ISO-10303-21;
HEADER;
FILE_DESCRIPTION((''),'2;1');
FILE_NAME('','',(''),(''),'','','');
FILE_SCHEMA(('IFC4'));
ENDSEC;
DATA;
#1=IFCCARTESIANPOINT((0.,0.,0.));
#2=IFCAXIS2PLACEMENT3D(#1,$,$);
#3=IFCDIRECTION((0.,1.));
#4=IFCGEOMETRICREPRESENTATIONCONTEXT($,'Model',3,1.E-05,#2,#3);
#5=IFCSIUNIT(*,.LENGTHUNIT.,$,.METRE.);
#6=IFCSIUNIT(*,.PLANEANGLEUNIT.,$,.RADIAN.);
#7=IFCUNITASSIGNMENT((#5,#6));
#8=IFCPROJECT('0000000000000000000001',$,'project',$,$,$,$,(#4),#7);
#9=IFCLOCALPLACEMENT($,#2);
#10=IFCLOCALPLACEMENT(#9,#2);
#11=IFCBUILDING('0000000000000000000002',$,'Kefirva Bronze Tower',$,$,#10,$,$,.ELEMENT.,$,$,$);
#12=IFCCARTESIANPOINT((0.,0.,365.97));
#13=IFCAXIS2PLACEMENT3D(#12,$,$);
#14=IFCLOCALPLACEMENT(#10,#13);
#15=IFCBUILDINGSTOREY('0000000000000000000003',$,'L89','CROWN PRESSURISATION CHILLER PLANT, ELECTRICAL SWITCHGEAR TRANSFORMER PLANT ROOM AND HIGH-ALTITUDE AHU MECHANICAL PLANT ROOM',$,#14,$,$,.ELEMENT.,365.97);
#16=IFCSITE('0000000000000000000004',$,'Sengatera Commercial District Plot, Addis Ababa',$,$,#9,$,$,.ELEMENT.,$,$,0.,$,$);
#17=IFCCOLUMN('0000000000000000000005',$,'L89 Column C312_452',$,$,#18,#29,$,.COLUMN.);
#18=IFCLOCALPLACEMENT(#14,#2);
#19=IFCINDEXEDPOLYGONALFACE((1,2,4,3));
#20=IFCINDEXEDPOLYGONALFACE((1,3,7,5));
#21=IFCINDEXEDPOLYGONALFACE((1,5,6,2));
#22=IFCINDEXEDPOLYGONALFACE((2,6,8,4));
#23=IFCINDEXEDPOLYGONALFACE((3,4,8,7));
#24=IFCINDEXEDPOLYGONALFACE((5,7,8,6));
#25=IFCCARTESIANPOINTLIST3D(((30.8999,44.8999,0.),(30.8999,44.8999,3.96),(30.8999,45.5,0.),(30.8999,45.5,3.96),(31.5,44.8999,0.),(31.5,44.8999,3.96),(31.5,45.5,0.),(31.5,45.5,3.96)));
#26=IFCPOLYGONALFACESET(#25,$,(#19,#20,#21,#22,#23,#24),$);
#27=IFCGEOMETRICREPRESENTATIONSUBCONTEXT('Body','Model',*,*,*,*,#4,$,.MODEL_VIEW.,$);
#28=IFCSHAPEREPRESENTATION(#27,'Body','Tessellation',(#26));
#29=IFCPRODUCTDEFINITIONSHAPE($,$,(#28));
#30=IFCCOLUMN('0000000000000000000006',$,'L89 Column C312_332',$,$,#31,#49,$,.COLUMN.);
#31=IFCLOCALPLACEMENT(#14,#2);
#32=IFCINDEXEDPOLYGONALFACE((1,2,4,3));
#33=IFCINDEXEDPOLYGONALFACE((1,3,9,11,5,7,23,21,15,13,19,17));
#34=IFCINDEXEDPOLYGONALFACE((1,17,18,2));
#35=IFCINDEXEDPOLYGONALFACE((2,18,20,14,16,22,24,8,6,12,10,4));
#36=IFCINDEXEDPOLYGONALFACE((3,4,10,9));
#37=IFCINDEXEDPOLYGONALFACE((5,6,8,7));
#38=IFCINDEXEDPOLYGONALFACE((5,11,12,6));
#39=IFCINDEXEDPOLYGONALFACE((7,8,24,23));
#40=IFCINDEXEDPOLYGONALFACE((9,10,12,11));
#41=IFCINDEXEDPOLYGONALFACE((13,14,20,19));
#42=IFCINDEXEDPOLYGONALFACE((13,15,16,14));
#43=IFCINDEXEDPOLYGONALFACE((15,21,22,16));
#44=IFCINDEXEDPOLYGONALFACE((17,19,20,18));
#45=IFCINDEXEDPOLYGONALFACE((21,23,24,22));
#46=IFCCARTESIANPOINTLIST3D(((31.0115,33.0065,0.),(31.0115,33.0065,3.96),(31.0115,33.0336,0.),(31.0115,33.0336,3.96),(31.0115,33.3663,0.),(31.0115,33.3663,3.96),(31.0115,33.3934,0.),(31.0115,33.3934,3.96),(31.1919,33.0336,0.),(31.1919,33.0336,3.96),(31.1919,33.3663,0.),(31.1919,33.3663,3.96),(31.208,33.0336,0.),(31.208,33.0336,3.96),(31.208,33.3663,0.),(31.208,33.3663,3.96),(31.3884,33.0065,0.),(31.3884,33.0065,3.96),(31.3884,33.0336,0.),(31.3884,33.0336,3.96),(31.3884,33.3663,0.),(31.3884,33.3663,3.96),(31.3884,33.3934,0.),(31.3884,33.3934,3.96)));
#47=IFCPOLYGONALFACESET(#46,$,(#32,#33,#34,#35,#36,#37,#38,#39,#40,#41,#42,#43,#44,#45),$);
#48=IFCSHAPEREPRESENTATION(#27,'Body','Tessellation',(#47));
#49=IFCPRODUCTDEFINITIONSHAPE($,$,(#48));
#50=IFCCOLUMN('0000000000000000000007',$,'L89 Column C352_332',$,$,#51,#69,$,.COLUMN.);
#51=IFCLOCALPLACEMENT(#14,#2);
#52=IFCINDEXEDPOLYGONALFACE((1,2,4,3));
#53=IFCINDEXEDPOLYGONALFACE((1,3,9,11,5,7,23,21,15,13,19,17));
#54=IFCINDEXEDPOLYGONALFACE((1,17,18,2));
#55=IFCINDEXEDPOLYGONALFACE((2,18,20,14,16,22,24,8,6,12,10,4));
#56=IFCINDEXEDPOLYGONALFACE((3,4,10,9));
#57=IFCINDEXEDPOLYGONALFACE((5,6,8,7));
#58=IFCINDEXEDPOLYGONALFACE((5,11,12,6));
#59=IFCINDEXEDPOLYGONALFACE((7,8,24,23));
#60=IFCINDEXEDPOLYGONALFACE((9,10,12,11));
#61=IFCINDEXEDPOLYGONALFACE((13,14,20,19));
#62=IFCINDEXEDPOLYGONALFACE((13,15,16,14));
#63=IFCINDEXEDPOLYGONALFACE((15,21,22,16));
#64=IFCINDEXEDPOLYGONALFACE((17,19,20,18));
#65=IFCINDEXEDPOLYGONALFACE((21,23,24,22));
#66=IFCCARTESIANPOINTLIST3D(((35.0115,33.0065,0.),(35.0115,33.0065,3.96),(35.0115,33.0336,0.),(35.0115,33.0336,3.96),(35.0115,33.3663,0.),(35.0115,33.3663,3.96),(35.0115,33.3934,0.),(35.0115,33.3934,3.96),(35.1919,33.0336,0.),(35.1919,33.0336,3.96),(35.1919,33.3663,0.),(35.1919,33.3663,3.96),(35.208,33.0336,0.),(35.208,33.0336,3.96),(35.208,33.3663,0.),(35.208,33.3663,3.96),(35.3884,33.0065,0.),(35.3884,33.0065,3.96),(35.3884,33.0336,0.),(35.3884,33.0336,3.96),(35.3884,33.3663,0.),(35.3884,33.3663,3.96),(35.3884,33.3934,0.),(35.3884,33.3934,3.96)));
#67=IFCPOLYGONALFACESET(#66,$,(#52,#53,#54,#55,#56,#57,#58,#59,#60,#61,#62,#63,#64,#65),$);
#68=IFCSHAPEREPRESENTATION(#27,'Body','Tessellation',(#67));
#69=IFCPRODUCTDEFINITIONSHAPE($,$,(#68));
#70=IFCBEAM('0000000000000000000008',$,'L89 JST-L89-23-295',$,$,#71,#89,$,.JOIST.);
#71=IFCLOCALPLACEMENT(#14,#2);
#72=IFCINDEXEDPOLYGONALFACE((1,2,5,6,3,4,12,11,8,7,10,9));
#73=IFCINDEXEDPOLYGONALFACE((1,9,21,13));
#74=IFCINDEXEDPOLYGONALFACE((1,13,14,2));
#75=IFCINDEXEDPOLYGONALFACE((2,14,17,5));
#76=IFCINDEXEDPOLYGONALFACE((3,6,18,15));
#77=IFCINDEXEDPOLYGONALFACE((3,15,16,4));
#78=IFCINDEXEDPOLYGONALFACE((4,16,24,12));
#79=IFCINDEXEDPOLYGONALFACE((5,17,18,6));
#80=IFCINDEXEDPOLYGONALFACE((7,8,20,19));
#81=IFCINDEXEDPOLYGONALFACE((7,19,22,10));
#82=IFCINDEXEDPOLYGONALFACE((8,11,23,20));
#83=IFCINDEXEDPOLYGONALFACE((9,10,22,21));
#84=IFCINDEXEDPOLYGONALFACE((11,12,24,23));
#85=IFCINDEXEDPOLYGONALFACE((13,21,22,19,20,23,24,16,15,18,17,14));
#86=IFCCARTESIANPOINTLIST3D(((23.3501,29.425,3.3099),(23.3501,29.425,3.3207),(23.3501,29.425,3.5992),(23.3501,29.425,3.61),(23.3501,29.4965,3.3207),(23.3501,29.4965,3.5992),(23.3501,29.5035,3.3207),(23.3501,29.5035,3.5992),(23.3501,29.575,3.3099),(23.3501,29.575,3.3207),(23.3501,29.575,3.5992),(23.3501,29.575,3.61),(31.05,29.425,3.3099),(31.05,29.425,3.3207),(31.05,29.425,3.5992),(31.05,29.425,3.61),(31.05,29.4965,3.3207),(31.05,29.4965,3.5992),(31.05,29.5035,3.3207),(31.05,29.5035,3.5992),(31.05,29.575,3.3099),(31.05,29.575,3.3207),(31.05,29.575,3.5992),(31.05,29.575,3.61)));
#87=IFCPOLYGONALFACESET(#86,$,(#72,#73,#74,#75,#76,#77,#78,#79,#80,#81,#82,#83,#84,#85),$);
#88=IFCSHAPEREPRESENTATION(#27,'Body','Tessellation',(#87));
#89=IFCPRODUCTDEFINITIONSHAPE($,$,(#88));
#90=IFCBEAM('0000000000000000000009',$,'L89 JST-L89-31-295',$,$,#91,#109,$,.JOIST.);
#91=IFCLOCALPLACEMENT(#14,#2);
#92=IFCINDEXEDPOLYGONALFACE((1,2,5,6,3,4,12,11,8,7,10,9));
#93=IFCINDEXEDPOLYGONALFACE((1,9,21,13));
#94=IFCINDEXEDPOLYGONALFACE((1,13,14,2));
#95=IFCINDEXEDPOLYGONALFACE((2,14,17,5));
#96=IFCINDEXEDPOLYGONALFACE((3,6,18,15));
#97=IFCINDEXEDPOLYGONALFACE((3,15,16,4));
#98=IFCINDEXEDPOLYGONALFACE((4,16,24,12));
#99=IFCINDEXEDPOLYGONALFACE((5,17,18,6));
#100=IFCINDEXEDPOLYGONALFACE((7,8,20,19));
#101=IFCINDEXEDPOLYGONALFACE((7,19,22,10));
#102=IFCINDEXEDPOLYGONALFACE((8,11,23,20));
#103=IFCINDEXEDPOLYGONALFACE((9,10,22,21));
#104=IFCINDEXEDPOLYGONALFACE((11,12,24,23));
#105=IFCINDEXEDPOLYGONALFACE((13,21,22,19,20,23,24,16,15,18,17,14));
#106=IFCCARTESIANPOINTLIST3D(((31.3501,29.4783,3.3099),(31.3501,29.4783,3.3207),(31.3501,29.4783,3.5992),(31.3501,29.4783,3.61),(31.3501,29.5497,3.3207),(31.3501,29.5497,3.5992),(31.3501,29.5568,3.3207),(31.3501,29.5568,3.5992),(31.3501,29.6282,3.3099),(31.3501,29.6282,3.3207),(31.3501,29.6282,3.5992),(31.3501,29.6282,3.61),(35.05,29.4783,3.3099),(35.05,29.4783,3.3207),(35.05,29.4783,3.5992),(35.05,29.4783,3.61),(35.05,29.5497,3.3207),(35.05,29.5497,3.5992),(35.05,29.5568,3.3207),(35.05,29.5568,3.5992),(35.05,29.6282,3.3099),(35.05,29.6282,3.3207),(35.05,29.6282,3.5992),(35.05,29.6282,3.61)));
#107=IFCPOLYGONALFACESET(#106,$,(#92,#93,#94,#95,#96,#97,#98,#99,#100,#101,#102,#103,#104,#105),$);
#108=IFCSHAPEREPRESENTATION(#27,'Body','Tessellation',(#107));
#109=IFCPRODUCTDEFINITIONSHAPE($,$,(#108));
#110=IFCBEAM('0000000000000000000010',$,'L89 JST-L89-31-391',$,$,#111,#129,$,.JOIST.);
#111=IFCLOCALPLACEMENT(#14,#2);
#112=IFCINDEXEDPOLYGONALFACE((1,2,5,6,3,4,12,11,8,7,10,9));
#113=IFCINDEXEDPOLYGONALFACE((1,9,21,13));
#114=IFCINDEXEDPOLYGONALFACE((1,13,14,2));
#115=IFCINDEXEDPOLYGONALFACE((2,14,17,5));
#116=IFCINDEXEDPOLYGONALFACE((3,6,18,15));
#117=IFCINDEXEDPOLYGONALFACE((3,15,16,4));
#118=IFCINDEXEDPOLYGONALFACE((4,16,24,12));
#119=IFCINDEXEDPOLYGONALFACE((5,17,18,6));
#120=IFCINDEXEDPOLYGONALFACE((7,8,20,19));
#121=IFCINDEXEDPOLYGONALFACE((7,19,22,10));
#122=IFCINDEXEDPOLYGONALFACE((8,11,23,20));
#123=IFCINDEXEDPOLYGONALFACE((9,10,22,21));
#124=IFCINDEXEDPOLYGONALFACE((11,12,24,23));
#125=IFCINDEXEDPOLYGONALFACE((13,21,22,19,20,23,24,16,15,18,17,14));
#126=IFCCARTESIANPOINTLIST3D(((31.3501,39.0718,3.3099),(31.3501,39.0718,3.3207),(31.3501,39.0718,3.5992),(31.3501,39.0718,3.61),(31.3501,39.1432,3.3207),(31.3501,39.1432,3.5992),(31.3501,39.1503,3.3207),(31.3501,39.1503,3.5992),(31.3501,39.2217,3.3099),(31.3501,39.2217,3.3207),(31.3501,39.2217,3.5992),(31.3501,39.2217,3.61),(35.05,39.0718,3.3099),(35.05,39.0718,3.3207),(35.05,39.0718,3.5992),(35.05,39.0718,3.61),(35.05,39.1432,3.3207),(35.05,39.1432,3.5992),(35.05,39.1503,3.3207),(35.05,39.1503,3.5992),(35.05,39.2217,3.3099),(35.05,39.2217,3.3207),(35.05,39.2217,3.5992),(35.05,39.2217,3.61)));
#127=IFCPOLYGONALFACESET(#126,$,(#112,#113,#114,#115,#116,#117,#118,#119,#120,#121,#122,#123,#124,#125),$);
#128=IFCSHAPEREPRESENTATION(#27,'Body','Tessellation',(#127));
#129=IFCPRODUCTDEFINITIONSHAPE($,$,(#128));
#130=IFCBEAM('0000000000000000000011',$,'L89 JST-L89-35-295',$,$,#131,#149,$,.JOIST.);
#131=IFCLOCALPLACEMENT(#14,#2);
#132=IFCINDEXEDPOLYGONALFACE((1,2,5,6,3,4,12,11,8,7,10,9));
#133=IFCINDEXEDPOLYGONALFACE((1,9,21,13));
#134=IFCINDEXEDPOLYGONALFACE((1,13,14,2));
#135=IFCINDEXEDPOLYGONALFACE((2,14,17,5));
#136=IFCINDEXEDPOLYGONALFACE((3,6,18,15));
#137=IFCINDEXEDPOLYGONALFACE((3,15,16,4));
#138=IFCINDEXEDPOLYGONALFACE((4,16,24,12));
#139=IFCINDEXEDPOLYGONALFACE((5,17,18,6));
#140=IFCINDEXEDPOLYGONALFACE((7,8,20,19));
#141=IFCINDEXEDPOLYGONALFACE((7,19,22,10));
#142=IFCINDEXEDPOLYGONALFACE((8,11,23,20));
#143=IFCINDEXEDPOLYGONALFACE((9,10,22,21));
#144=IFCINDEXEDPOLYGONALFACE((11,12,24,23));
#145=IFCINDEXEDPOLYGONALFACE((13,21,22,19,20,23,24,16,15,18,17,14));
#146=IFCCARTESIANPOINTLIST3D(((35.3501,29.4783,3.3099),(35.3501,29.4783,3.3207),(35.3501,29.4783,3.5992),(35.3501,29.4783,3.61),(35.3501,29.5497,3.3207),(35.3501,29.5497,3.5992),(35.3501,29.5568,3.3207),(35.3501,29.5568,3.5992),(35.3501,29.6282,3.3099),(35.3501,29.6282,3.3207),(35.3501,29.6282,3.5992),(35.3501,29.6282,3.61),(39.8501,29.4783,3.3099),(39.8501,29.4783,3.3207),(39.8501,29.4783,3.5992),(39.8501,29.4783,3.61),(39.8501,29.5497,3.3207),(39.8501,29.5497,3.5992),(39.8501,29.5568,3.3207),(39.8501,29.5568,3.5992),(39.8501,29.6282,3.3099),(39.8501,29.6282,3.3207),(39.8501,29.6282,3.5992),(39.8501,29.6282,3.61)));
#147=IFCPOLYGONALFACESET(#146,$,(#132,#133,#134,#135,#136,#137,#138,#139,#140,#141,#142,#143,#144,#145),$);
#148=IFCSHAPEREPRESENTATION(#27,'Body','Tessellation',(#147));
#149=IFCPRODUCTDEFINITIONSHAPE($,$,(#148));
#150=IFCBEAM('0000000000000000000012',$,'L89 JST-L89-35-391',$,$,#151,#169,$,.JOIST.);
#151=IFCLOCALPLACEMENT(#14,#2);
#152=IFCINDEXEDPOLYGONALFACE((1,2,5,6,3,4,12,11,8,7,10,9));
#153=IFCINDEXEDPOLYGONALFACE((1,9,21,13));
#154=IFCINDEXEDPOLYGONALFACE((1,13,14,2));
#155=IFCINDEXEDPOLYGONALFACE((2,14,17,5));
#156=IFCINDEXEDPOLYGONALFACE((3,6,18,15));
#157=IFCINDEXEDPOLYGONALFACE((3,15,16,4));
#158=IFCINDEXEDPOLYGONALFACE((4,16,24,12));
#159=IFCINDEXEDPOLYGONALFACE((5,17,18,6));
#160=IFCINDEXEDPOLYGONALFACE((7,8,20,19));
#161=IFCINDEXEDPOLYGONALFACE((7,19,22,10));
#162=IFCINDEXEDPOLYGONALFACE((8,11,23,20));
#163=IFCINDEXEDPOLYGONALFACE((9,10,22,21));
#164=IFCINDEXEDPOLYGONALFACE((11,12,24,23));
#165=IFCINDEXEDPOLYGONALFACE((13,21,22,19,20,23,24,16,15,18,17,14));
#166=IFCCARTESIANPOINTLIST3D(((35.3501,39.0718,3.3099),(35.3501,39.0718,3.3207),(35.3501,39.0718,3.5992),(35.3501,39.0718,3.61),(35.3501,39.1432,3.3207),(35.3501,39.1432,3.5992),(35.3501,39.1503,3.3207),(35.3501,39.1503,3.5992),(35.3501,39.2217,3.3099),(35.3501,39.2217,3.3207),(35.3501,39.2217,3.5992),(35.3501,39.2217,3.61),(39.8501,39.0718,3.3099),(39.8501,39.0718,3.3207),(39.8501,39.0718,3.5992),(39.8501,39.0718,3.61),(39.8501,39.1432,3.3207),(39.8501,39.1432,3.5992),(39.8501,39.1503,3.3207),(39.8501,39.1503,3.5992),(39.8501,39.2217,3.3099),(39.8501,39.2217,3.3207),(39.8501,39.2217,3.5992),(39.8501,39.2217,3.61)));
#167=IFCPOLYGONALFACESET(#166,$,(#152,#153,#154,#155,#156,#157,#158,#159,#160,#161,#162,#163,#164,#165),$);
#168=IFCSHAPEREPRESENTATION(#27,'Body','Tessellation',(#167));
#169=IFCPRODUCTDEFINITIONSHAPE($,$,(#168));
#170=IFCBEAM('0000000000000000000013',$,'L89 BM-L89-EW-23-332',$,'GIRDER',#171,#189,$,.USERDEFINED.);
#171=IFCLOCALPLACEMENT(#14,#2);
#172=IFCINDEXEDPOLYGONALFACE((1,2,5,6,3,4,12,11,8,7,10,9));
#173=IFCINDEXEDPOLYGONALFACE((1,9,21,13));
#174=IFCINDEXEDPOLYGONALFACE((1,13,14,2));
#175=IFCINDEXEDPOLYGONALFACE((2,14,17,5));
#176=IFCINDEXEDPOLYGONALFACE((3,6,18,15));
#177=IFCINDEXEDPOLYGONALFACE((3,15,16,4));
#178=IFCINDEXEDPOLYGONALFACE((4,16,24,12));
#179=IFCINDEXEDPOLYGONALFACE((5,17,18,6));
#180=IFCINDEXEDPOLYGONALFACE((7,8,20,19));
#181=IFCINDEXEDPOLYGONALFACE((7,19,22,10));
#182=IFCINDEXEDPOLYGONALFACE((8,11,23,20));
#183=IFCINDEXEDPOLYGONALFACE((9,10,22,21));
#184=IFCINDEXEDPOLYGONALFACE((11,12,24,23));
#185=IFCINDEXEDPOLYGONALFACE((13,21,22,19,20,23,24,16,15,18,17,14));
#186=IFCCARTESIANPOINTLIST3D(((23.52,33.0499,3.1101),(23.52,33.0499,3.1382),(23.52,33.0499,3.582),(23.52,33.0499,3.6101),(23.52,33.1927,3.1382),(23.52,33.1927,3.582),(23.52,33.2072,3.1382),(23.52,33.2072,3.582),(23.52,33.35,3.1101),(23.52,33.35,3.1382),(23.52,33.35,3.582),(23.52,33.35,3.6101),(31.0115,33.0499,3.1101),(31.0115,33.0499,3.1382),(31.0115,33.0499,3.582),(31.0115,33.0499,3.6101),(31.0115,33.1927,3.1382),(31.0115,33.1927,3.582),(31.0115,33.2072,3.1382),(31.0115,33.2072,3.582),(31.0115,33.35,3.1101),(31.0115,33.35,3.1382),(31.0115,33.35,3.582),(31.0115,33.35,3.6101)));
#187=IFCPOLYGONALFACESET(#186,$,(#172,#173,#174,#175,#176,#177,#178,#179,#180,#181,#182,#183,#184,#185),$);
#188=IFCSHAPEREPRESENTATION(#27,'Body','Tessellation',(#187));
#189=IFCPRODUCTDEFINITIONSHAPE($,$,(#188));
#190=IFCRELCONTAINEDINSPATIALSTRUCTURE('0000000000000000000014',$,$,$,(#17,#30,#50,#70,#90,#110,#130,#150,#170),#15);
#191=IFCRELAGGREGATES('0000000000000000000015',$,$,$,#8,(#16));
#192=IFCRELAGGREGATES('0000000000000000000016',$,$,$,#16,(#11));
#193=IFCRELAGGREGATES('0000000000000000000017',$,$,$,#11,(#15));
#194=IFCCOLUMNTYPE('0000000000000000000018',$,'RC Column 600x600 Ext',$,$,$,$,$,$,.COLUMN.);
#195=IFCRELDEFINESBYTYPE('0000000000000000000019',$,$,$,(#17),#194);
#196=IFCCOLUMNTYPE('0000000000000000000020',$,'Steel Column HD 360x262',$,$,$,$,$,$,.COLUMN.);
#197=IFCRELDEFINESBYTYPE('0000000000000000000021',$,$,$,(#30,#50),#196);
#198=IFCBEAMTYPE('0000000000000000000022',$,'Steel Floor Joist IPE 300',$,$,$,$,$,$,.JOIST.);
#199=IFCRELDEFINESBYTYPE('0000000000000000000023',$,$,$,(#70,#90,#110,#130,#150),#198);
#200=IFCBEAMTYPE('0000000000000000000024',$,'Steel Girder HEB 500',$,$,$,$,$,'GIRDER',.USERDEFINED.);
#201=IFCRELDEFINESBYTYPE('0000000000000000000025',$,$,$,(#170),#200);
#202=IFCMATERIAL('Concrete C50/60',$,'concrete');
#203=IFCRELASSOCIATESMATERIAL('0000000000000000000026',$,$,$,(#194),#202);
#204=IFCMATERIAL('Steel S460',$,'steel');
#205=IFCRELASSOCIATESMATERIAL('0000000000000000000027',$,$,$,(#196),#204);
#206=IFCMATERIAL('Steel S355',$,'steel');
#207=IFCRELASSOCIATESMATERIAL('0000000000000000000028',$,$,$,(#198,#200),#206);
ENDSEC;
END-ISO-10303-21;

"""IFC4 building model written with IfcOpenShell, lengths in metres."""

from ifc_helpers import new_model, si_unit, direction, frame, origin, origin_2d, place, context, subcontext, project, spatial, rectangle, i_section, extrude, material, material_profile, profile_set, type_object, element, save


model = new_model("IFC4")

# Units and contexts
model_context = context("Model", 3, precision=1e-05, world=origin(), true_north=direction((0.0, 1.0)))
body_context = subcontext(model_context, "Body", "Model", "MODEL_VIEW")
ifc_project = project(units=[si_unit("LENGTHUNIT", "METRE"), si_unit("PLANEANGLEUNIT", "RADIAN")], contexts=[model_context])

# Site, building, storey
site_placement = place(None, origin())
site = spatial("IfcSite", under=ifc_project, at=site_placement, Name="Sengatera Commercial District Plot, Addis Ababa", CompositionType="ELEMENT", RefElevation=0.0)
building_placement = place(site_placement, origin())
building = spatial("IfcBuilding", under=site, at=building_placement, Name="Kefirva Bronze Tower", CompositionType="ELEMENT")
storey_placement = place(building_placement, frame((0.0, 0.0, 365.97)))
storey = spatial("IfcBuildingStorey", under=building, at=storey_placement, Name="L89", Description="CROWN PRESSURISATION CHILLER PLANT, ELECTRICAL SWITCHGEAR TRANSFORMER PLANT ROOM AND HIGH-ALTITUDE AHU MECHANICAL PLANT ROOM", CompositionType="ELEMENT", Elevation=365.97)

# Columns
ifc_material_1 = material(Name="Concrete C50/60", Category="concrete")
ifc_material_profile_1 = material_profile(ifc_material_1, rectangle(XDim=0.6001, YDim=0.6001, at=origin_2d()), Name="RC 600x600")
ifc_profile_set_1 = profile_set([ifc_material_profile_1], Name="Concrete C50/60")
column_type_1 = type_object("IfcColumnType", Name="RC Column 600x600 Ext", PredefinedType="COLUMN", material=ifc_profile_set_1)
column_placement = place(storey_placement, frame((31.2, 45.2, 0.0), z_axis=(0.0, 0.0, 1.0), x_axis=(1.0, 0.0, 0.0)))
element("IfcColumn", 1, at=column_placement, inside=storey, type_object=column_type_1, Name="L89 Column C312_452", PredefinedType="COLUMN", context=body_context, shape_type="SweptSolid", body=[
    extrude(rectangle(XDim=0.6001, YDim=0.6001, at=origin_2d()), origin(), (0.0, 0.0, 1.0), 3.96),
])
ifc_material_2 = material(Name="Steel S460", Category="steel")
ifc_material_profile_2 = material_profile(ifc_material_2, i_section(OverallWidth=0.377, OverallDepth=0.387, WebThickness=0.0161, FlangeThickness=0.0271, at=origin_2d()), Name="HD 360x262")
ifc_profile_set_2 = profile_set([ifc_material_profile_2], Name="Steel S460")
column_type_2 = type_object("IfcColumnType", Name="Steel Column HD 360x262", PredefinedType="COLUMN", material=ifc_profile_set_2)
for number, where, z_axis, x_axis, name in (
    (2, (31.2, 33.2, 0.0), (0.0, 0.0, 1.0), (1.0, 0.0, 0.0), "L89 Column C312_332"),
    (3, (35.2, 33.2, 0.0), (0.0, 0.0, 1.0), (1.0, 0.0, 0.0), "L89 Column C352_332"),
):
    element("IfcColumn", number, at=place(storey_placement, frame(where, z_axis=z_axis, x_axis=x_axis)), inside=storey, type_object=column_type_2, Name=name, PredefinedType="COLUMN", context=body_context, shape_type="SweptSolid", body=[
        extrude(i_section(OverallWidth=0.377, OverallDepth=0.387, WebThickness=0.0161, FlangeThickness=0.0271, at=origin_2d()), origin(), (0.0, 0.0, 1.0), 3.96),
    ])

# Beams
ifc_material_3 = material(Name="Steel S355", Category="steel")
ifc_material_profile_3 = material_profile(ifc_material_3, i_section(OverallWidth=0.1499, OverallDepth=0.3, WebThickness=0.0071, FlangeThickness=0.0107, at=origin_2d()), Name="IPE 300")
ifc_profile_set_3 = profile_set([ifc_material_profile_3], Name="Steel S355")
beam_type_1 = type_object("IfcBeamType", Name="Steel Floor Joist IPE 300", PredefinedType="JOIST", material=ifc_profile_set_3)
beam_1_placement = place(storey_placement, frame((23.3501, 29.5, 3.46), z_axis=(1.0, 0.0, 0.0), x_axis=(0.0, 1.0, 0.0)))
element("IfcBeam", 4, at=beam_1_placement, inside=storey, type_object=beam_type_1, Name="L89 JST-L89-23-295", PredefinedType="JOIST", context=body_context, shape_type="SweptSolid", body=[
    extrude(i_section(OverallWidth=0.1499, OverallDepth=0.3, WebThickness=0.0071, FlangeThickness=0.0107, at=origin_2d()), origin(), (0.0, 0.0, 1.0), 7.7),
])
for number, where, z_axis, x_axis, name in (
    (5, (31.3501, 29.5532, 3.46), (1.0, 0.0, 0.0), (0.0, 1.0, 0.0), "L89 JST-L89-31-295"),
    (6, (31.3501, 39.1467, 3.46), (1.0, 0.0, 0.0), (0.0, 1.0, 0.0), "L89 JST-L89-31-391"),
):
    element("IfcBeam", number, at=place(storey_placement, frame(where, z_axis=z_axis, x_axis=x_axis)), inside=storey, type_object=beam_type_1, Name=name, PredefinedType="JOIST", context=body_context, shape_type="SweptSolid", body=[
        extrude(i_section(OverallWidth=0.1499, OverallDepth=0.3, WebThickness=0.0071, FlangeThickness=0.0107, at=origin_2d()), origin(), (0.0, 0.0, 1.0), 3.7),
    ])
for number, where, z_axis, x_axis, name in (
    (7, (35.3501, 29.5532, 3.46), (1.0, 0.0, 0.0), (0.0, 1.0, 0.0), "L89 JST-L89-35-295"),
    (8, (35.3501, 39.1467, 3.46), (1.0, 0.0, 0.0), (0.0, 1.0, 0.0), "L89 JST-L89-35-391"),
):
    element("IfcBeam", number, at=place(storey_placement, frame(where, z_axis=z_axis, x_axis=x_axis)), inside=storey, type_object=beam_type_1, Name=name, PredefinedType="JOIST", context=body_context, shape_type="SweptSolid", body=[
        extrude(i_section(OverallWidth=0.1499, OverallDepth=0.3, WebThickness=0.0071, FlangeThickness=0.0107, at=origin_2d()), origin(), (0.0, 0.0, 1.0), 4.5),
    ])
ifc_material_profile_4 = material_profile(ifc_material_3, i_section(OverallWidth=0.3, OverallDepth=0.5, WebThickness=0.0144, FlangeThickness=0.0281, at=origin_2d()), Name="HEB 500")
ifc_profile_set_4 = profile_set([ifc_material_profile_4], Name="Steel S355")
beam_type_2 = type_object("IfcBeamType", Name="Steel Girder HEB 500", ElementType="GIRDER", PredefinedType="USERDEFINED", material=ifc_profile_set_4)
beam_2_placement = place(storey_placement, frame((23.52, 33.2, 3.3601), z_axis=(1.0, 0.0, 0.0), x_axis=(0.0, 1.0, 0.0)))
element("IfcBeam", 9, at=beam_2_placement, inside=storey, type_object=beam_type_2, Name="L89 BM-L89-EW-23-332", ObjectType="GIRDER", PredefinedType="USERDEFINED", context=body_context, shape_type="SweptSolid", body=[
    extrude(i_section(OverallWidth=0.3, OverallDepth=0.5, WebThickness=0.0144, FlangeThickness=0.0281, at=origin_2d()), origin(), (0.0, 0.0, 1.0), 7.4915),
])

save(model, "model.ifc")
